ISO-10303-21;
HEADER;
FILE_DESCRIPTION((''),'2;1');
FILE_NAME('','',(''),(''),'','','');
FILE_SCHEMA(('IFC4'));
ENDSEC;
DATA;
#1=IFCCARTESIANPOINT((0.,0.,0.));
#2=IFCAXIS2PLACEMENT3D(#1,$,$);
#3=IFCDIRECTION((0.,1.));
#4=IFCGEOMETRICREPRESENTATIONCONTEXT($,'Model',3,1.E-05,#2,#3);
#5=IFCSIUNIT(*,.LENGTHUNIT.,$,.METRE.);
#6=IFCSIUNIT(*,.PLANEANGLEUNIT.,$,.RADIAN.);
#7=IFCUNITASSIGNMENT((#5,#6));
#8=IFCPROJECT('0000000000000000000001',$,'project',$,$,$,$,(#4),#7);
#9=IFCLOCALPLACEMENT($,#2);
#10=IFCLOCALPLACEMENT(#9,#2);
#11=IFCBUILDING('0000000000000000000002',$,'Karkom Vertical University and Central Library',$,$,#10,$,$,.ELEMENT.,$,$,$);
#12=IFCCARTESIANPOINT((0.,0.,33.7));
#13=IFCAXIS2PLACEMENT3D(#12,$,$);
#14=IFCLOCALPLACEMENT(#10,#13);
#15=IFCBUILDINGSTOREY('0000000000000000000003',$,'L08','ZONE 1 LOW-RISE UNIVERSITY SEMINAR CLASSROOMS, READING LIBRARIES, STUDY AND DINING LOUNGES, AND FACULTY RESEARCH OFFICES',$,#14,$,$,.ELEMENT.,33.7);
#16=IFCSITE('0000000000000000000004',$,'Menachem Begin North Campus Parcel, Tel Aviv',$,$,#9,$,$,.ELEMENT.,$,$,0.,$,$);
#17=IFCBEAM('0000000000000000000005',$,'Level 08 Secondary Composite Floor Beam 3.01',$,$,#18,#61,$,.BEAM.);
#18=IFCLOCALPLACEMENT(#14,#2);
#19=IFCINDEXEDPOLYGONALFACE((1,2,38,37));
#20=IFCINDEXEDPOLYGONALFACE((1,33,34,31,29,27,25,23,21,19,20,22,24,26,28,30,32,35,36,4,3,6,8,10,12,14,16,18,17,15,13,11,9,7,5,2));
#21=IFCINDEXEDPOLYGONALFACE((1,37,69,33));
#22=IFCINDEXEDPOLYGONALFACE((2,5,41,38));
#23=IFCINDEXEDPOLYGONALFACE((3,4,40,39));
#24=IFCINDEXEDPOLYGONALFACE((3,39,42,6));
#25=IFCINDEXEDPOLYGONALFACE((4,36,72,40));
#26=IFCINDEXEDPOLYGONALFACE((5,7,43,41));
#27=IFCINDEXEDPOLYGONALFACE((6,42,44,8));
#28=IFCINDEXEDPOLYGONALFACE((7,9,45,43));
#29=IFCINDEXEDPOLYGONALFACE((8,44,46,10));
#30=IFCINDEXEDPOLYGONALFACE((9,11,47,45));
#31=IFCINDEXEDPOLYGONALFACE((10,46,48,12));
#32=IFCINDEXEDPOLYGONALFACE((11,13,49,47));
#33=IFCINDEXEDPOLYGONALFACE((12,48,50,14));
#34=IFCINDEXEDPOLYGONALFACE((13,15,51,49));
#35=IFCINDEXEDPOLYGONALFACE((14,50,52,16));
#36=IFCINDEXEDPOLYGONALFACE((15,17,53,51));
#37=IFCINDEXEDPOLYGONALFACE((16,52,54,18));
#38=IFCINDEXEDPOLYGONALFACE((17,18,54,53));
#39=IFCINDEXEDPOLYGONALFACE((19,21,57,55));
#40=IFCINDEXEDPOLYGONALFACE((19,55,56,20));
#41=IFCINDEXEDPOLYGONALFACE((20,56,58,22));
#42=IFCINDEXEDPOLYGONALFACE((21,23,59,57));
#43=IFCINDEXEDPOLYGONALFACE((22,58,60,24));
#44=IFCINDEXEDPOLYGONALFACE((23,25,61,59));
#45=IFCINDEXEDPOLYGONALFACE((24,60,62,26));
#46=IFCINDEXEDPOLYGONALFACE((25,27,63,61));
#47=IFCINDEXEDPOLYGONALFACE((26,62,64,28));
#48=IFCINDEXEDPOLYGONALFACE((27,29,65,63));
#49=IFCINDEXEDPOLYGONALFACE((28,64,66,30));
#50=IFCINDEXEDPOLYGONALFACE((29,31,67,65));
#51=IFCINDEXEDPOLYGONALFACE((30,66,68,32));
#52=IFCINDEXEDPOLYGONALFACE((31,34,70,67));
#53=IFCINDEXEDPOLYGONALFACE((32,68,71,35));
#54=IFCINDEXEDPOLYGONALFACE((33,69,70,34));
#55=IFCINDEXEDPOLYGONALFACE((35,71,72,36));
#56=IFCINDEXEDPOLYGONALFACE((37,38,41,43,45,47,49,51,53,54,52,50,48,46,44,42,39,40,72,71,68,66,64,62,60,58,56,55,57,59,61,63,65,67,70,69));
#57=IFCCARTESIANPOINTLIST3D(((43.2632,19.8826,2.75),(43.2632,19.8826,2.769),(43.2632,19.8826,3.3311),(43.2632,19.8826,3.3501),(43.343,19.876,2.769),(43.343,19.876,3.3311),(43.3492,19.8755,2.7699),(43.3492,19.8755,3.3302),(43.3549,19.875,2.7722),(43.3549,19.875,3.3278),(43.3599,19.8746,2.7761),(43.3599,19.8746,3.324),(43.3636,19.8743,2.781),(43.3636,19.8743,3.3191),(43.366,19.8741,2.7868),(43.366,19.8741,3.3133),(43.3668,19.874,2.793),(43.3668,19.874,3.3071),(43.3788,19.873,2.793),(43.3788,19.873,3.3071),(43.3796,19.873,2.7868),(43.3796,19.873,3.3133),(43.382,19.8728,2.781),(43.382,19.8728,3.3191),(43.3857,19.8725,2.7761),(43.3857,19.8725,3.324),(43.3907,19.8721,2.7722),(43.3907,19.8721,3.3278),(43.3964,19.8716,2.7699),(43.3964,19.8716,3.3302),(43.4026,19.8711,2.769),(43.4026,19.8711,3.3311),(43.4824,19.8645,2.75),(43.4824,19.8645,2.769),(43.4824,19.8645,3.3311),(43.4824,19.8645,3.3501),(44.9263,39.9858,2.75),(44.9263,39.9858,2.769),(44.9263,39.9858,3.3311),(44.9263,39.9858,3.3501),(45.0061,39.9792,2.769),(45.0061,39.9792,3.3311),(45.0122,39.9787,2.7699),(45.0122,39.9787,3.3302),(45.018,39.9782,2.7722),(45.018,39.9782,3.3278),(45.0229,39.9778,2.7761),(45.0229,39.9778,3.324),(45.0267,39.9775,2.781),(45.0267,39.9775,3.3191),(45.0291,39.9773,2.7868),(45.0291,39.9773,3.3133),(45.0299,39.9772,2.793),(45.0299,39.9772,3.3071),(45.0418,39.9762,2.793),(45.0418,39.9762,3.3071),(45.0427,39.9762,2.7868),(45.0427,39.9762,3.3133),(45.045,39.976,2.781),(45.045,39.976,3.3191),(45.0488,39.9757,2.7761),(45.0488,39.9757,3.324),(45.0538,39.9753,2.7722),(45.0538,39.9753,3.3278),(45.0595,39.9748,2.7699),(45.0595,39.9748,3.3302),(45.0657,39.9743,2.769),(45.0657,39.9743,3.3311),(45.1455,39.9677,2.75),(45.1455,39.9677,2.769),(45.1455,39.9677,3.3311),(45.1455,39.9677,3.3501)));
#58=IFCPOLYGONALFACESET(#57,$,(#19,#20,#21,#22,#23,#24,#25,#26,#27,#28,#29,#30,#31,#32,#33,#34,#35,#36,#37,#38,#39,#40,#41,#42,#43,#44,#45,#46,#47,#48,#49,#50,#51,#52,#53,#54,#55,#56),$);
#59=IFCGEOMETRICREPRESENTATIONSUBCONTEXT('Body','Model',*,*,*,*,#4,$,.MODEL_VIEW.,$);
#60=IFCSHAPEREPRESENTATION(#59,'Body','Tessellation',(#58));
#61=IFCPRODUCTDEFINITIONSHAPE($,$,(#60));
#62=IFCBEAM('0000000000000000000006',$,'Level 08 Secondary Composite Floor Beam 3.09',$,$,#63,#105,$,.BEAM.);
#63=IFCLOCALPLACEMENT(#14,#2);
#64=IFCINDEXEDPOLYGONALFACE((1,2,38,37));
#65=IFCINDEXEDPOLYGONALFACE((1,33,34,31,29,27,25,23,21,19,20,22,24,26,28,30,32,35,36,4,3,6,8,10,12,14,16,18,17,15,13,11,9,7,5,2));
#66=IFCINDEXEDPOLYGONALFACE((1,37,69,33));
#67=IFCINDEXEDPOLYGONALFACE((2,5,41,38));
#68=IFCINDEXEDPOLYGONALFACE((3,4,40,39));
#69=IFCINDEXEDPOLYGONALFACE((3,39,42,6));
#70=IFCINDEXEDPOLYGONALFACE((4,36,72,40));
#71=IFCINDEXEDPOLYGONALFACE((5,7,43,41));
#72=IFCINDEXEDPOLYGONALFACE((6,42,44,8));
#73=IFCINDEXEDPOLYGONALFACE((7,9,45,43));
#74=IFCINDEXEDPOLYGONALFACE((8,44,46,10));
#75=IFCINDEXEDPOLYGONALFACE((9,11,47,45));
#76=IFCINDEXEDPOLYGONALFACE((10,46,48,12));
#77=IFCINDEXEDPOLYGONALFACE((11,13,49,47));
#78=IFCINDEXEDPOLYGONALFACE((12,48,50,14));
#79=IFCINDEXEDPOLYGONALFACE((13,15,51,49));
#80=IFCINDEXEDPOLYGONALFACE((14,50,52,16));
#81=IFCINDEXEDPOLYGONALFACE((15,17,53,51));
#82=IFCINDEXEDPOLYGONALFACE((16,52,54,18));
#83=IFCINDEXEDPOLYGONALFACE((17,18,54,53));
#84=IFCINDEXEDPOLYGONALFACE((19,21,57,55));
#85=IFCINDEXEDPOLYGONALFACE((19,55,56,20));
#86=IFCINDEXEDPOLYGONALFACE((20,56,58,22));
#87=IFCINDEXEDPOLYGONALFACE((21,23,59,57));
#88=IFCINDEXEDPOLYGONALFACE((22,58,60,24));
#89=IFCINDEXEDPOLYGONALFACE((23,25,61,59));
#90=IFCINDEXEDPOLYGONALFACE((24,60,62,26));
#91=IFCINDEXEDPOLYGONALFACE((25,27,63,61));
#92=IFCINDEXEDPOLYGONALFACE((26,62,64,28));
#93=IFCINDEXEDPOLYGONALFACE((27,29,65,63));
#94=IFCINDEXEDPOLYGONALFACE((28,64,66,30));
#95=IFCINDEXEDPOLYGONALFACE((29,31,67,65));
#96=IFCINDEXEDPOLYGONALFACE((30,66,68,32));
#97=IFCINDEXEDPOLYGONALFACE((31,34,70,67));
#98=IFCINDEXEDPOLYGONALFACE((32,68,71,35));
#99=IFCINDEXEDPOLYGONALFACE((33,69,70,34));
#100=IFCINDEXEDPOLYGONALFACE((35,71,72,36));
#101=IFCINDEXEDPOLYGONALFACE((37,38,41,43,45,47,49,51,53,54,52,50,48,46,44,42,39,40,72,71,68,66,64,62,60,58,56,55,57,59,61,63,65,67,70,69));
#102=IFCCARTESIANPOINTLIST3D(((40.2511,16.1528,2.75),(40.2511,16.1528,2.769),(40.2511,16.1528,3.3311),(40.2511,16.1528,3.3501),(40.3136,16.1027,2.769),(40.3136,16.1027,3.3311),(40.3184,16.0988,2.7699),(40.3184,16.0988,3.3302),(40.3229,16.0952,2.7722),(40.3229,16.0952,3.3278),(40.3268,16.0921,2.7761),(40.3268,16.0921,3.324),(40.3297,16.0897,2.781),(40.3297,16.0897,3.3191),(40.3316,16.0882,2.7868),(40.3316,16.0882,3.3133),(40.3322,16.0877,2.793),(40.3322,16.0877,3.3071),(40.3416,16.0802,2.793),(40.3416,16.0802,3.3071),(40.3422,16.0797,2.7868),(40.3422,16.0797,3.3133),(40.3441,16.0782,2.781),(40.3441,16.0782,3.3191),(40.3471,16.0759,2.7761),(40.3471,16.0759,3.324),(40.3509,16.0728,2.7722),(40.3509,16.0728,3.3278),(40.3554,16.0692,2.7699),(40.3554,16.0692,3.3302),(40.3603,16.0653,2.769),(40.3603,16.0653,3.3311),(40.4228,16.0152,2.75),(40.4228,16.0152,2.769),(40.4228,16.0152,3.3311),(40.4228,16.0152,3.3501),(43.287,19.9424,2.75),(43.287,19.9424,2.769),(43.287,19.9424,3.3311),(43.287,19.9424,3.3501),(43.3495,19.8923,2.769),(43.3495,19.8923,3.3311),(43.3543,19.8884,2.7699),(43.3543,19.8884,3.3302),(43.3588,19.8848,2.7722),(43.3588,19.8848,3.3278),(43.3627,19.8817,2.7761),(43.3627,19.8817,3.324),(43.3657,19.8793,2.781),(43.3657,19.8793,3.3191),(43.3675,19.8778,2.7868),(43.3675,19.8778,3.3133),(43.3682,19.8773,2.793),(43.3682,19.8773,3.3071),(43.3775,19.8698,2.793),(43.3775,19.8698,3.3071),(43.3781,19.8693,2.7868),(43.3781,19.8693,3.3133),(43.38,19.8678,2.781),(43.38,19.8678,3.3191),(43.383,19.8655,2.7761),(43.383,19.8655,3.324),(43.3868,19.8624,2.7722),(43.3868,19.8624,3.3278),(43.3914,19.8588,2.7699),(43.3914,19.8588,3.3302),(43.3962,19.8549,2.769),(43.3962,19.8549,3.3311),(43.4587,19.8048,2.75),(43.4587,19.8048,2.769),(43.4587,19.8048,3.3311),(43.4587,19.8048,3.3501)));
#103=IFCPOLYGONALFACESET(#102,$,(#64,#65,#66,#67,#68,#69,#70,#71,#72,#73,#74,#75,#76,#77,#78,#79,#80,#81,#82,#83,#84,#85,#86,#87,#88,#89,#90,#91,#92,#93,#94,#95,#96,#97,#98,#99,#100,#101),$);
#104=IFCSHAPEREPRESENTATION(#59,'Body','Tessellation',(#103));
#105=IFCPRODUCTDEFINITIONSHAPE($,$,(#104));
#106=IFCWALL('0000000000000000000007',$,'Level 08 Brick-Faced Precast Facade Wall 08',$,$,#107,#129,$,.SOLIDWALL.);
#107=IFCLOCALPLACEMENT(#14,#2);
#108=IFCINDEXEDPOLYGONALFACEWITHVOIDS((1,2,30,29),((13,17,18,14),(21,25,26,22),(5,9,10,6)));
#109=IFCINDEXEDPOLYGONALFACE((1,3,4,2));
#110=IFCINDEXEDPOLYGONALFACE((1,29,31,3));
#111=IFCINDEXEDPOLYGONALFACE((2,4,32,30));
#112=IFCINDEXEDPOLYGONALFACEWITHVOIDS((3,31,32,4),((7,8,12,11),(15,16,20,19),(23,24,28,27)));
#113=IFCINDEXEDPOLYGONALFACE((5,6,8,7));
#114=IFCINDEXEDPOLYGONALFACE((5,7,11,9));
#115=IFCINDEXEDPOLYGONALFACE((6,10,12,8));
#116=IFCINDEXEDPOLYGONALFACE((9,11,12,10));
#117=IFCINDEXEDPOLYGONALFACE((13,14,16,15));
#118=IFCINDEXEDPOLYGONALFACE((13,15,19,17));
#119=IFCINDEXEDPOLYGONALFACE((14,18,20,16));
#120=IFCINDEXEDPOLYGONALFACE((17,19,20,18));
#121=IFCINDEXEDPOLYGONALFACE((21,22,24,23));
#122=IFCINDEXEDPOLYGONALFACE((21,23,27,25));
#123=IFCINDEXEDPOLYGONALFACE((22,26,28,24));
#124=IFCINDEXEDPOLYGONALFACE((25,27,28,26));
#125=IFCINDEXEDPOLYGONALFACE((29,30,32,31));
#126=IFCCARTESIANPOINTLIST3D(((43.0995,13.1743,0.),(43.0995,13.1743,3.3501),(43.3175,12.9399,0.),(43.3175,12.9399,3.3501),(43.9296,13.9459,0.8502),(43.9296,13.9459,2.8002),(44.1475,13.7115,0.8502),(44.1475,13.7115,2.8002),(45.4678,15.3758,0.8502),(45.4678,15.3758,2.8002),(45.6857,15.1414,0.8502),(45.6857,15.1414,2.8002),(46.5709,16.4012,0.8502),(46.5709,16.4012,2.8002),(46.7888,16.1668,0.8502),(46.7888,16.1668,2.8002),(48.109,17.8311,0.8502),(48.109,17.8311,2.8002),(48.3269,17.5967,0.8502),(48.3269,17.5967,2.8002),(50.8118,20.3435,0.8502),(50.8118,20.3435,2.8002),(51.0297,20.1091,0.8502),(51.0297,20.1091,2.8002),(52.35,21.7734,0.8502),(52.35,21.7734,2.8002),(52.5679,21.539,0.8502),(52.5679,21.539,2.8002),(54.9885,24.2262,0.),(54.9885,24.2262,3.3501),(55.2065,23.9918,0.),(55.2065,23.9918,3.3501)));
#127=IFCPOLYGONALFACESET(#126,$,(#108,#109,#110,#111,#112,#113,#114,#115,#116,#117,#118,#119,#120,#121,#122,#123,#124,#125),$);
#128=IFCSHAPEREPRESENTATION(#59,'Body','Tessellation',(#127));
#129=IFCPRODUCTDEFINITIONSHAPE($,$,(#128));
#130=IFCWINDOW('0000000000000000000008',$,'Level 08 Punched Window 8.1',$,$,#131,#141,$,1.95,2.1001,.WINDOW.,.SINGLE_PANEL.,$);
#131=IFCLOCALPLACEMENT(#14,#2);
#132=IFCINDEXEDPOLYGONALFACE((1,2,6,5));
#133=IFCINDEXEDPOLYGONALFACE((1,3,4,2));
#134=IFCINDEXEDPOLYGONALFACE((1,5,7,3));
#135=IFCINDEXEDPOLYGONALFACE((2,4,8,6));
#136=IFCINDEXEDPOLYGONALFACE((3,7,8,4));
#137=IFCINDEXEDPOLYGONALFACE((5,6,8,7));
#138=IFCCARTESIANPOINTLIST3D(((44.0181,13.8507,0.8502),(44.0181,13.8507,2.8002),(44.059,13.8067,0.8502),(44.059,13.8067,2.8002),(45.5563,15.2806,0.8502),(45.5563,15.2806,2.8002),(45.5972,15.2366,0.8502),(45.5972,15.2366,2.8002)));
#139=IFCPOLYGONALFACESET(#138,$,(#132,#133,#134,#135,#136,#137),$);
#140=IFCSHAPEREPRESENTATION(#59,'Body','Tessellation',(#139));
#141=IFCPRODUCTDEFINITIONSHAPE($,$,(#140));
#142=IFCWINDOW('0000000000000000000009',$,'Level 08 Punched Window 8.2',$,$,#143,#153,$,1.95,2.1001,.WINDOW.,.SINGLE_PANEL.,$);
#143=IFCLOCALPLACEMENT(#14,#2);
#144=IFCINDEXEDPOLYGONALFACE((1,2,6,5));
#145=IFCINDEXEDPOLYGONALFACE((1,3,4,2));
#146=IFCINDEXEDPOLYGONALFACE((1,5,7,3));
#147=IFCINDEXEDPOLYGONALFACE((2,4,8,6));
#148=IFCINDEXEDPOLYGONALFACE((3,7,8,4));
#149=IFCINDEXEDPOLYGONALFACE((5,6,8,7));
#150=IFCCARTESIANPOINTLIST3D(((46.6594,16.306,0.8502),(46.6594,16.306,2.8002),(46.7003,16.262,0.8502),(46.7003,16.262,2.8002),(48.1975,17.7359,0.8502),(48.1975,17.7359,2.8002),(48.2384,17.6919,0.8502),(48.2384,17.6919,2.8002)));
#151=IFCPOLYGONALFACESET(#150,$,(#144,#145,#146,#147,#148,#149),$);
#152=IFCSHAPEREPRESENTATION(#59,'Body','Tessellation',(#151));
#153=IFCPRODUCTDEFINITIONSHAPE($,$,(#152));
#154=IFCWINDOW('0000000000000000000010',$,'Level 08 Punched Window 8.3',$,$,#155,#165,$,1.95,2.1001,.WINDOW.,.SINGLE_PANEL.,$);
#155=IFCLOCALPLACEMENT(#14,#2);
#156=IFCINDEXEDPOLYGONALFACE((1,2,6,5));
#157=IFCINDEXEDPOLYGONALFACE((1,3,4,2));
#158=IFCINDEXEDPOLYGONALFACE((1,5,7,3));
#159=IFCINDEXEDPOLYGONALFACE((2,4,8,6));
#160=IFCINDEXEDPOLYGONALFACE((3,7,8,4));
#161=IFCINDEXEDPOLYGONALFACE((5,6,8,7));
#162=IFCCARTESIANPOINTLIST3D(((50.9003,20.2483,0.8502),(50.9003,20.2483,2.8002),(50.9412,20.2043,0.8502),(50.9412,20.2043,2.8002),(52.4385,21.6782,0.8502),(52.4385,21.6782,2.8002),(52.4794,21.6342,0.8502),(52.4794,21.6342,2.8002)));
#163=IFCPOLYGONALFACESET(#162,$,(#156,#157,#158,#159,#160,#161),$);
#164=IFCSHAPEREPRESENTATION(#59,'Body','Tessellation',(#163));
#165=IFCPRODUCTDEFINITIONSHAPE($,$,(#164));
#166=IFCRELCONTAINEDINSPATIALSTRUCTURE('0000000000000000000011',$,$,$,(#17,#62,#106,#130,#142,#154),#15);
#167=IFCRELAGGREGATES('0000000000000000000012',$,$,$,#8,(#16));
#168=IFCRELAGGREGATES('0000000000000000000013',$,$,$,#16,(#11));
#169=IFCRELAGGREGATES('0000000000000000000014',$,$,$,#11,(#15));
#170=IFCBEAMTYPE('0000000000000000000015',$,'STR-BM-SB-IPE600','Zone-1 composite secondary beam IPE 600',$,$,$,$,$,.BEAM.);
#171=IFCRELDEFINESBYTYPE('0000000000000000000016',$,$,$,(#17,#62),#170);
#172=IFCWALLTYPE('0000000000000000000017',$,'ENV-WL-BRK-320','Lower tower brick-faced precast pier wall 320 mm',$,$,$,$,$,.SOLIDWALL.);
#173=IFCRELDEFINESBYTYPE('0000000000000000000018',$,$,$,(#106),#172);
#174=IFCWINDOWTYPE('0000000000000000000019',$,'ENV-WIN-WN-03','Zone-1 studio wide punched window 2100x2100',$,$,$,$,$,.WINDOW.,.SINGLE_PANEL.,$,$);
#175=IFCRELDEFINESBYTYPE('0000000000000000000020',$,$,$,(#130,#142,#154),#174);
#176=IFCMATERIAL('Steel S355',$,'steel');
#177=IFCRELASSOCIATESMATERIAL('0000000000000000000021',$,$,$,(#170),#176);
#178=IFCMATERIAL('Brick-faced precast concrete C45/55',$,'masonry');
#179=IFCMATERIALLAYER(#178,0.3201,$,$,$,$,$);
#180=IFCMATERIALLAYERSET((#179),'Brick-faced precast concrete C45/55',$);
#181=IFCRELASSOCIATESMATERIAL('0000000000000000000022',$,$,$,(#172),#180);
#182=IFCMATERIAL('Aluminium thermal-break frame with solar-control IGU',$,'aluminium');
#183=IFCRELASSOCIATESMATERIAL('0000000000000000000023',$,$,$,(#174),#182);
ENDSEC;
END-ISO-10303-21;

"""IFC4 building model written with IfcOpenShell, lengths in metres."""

from ifc_helpers import new_model, si_unit, direction, frame, frame_2d, origin, origin_with_axes, origin_2d, place, context, subcontext, project, spatial, rectangle, i_section, extrude, source, transform, mapped, material, layer, layer_set, material_profile, profile_set, type_object, element, fill, save


model = new_model("IFC4")

# Units and contexts
model_context = context("Model", 3, precision=1e-05, world=origin(), true_north=direction((0.0, 1.0)))
body_context = subcontext(model_context, "Body", "Model", "MODEL_VIEW")
ifc_project = project(units=[si_unit("LENGTHUNIT", "METRE"), si_unit("PLANEANGLEUNIT", "RADIAN")], contexts=[model_context])

# Site, building, storey
site_placement = place(None, origin())
site = spatial("IfcSite", under=ifc_project, at=site_placement, Name="Menachem Begin North Campus Parcel, Tel Aviv", CompositionType="ELEMENT", RefElevation=0.0)
building_placement = place(site_placement, origin())
building = spatial("IfcBuilding", under=site, at=building_placement, Name="Karkom Vertical University and Central Library", CompositionType="ELEMENT")
storey_placement = place(building_placement, frame((0.0, 0.0, 33.7)))
storey = spatial("IfcBuildingStorey", under=building, at=storey_placement, Name="L08", Description="ZONE 1 LOW-RISE UNIVERSITY SEMINAR CLASSROOMS, READING LIBRARIES, STUDY AND DINING LOUNGES, AND FACULTY RESEARCH OFFICES", CompositionType="ELEMENT", Elevation=33.7)

# Beams
ifc_material_1 = material(Name="Steel S355", Category="steel")
ifc_material_profile_1 = material_profile(ifc_material_1, i_section(OverallWidth=0.22, OverallDepth=0.6001, WebThickness=0.012, FlangeThickness=0.019, FilletRadius=0.0239, at=origin_2d()), Name="IPE 600")
ifc_profile_set_1 = profile_set([ifc_material_profile_1], Name="Steel S355")
beam_type_1 = type_object("IfcBeamType", Name="STR-BM-SB-IPE600", Description="Zone-1 composite secondary beam IPE 600", PredefinedType="BEAM", material=ifc_profile_set_1)
shared_shape_1 = source(origin_with_axes(), body_context, "Body", "SweptSolid", [
    extrude(i_section(OverallWidth=0.22, OverallDepth=0.6001, WebThickness=0.012, FlangeThickness=0.019, FilletRadius=0.0239, at=origin_2d()), origin(), (0.0, 0.0, 1.0), 20.1719),
])
beam_1_placement = place(storey_placement, frame((43.3728, 19.8735, 3.05), z_axis=(0.082445, 0.996596, 0.0), x_axis=(-0.996596, 0.082445, 0.0)))
element("IfcBeam", 1, at=beam_1_placement, inside=storey, type_object=beam_type_1, Name="Level 08 Secondary Composite Floor Beam 3.01", PredefinedType="BEAM", context=body_context, shape_type="MappedRepresentation", body=[
    mapped(shared_shape_1, transform((0.0, 0.0, 0.0), scale=1.0)),
])
shared_shape_2 = source(origin_with_axes(), body_context, "Body", "SweptSolid", [
    extrude(i_section(OverallWidth=0.22, OverallDepth=0.6001, WebThickness=0.012, FlangeThickness=0.019, FilletRadius=0.0239, at=origin_2d()), origin(), (0.0, 0.0, 1.0), 4.8557),
])
beam_2_placement = place(storey_placement, frame((40.3369, 16.084, 3.05), z_axis=(0.625228, 0.780442, 0.0), x_axis=(-0.780442, 0.625228, 0.0)))
element("IfcBeam", 2, at=beam_2_placement, inside=storey, type_object=beam_type_1, Name="Level 08 Secondary Composite Floor Beam 3.09", PredefinedType="BEAM", context=body_context, shape_type="MappedRepresentation", body=[
    mapped(shared_shape_2, transform((0.0, 0.0, 0.0), scale=1.0)),
])

# Wall, openings, windows
ifc_material_2 = material(Name="Brick-faced precast concrete C45/55", Category="masonry")
ifc_layer_1 = layer(ifc_material_2, 0.3201)
ifc_layer_set_1 = layer_set([ifc_layer_1], Name="Brick-faced precast concrete C45/55")
wall_type_1 = type_object("IfcWallType", Name="ENV-WL-BRK-320", Description="Lower tower brick-faced precast pier wall 320 mm", PredefinedType="SOLIDWALL", material=ifc_layer_set_1)
wall_1_placement = place(storey_placement, frame((43.2085, 13.0571, 0.0), z_axis=(0.0, 0.0, 1.0), x_axis=(0.732423, 0.68085, 0.0)))
wall_1 = element("IfcWall", 3, at=wall_1_placement, inside=storey, type_object=wall_type_1, Name="Level 08 Brick-Faced Precast Facade Wall 08", PredefinedType="SOLIDWALL", context=body_context, shape_type="SweptSolid", body=[
    extrude(rectangle(XDim=16.2324, YDim=0.3201, at=frame_2d((8.1162, 0.0))), origin(), (0.0, 0.0, 1.0), 3.3501),
])
opening_1_placement = place(wall_1_placement, frame((1.1333, 0.0, 0.8501)))
opening_1 = element("IfcOpeningElement", 4, at=opening_1_placement, cuts=wall_1, PredefinedType="OPENING", context=body_context, shape_type="SweptSolid", body=[
    extrude(rectangle(XDim=2.1001, YDim=1.95, at=frame_2d((1.05, 0.9751))), frame((0.0, 0.1699, 0.0), z_axis=(0.0, -1.0, 0.0), x_axis=(1.0, 0.0, 0.0)), (0.0, 0.0, 1.0), 0.3401),
])
opening_2_placement = place(wall_1_placement, frame((4.7395, 0.0, 0.8501)))
opening_2 = element("IfcOpeningElement", 5, at=opening_2_placement, cuts=wall_1, PredefinedType="OPENING", context=body_context, shape_type="SweptSolid", body=[
    extrude(rectangle(XDim=2.1001, YDim=1.95, at=frame_2d((1.05, 0.9751))), frame((0.0, 0.1699, 0.0), z_axis=(0.0, -1.0, 0.0), x_axis=(1.0, 0.0, 0.0)), (0.0, 0.0, 1.0), 0.3401),
])
opening_3_placement = place(wall_1_placement, frame((10.5298, 0.0, 0.8501)))
opening_3 = element("IfcOpeningElement", 6, at=opening_3_placement, cuts=wall_1, PredefinedType="OPENING", context=body_context, shape_type="SweptSolid", body=[
    extrude(rectangle(XDim=2.1001, YDim=1.95, at=frame_2d((1.05, 0.9751))), frame((0.0, 0.1699, 0.0), z_axis=(0.0, -1.0, 0.0), x_axis=(1.0, 0.0, 0.0)), (0.0, 0.0, 1.0), 0.3401),
])
ifc_material_3 = material(Name="Aluminium thermal-break frame with solar-control IGU", Category="aluminium")
window_type_1 = type_object("IfcWindowType", Name="ENV-WIN-WN-03", Description="Zone-1 studio wide punched window 2100x2100", PartitioningType="SINGLE_PANEL", PredefinedType="WINDOW", material=ifc_material_3)
shared_shape_3 = source(origin_with_axes(), body_context, "Body", "SweptSolid", [
    extrude(rectangle(XDim=2.1001, YDim=1.95, at=frame_2d((1.05, 0.9751))), frame((0.0, 0.03, 0.0), z_axis=(0.0, -1.0, 0.0), x_axis=(1.0, 0.0, 0.0)), (0.0, 0.0, 1.0), 0.0601),
])
window_1_placement = place(opening_1_placement, origin())
window_1 = element("IfcWindow", 7, at=window_1_placement, inside=storey, type_object=window_type_1, Name="Level 08 Punched Window 8.1", OverallHeight=1.95, OverallWidth=2.1001, PartitioningType="SINGLE_PANEL", PredefinedType="WINDOW", context=body_context, shape_type="MappedRepresentation", body=[
    mapped(shared_shape_3, transform((0.0, 0.0, 0.0), scale=1.0)),
])
fill(opening_1, window_1)
window_2_placement = place(opening_2_placement, origin())
window_2 = element("IfcWindow", 8, at=window_2_placement, inside=storey, type_object=window_type_1, Name="Level 08 Punched Window 8.2", OverallHeight=1.95, OverallWidth=2.1001, PartitioningType="SINGLE_PANEL", PredefinedType="WINDOW", context=body_context, shape_type="MappedRepresentation", body=[
    mapped(shared_shape_3, transform((0.0, 0.0, 0.0), scale=1.0)),
])
fill(opening_2, window_2)
window_3_placement = place(opening_3_placement, origin())
window_3 = element("IfcWindow", 9, at=window_3_placement, inside=storey, type_object=window_type_1, Name="Level 08 Punched Window 8.3", OverallHeight=1.95, OverallWidth=2.1001, PartitioningType="SINGLE_PANEL", PredefinedType="WINDOW", context=body_context, shape_type="MappedRepresentation", body=[
    mapped(shared_shape_3, transform((0.0, 0.0, 0.0), scale=1.0)),
])
fill(opening_3, window_3)

save(model, "model.ifc")
